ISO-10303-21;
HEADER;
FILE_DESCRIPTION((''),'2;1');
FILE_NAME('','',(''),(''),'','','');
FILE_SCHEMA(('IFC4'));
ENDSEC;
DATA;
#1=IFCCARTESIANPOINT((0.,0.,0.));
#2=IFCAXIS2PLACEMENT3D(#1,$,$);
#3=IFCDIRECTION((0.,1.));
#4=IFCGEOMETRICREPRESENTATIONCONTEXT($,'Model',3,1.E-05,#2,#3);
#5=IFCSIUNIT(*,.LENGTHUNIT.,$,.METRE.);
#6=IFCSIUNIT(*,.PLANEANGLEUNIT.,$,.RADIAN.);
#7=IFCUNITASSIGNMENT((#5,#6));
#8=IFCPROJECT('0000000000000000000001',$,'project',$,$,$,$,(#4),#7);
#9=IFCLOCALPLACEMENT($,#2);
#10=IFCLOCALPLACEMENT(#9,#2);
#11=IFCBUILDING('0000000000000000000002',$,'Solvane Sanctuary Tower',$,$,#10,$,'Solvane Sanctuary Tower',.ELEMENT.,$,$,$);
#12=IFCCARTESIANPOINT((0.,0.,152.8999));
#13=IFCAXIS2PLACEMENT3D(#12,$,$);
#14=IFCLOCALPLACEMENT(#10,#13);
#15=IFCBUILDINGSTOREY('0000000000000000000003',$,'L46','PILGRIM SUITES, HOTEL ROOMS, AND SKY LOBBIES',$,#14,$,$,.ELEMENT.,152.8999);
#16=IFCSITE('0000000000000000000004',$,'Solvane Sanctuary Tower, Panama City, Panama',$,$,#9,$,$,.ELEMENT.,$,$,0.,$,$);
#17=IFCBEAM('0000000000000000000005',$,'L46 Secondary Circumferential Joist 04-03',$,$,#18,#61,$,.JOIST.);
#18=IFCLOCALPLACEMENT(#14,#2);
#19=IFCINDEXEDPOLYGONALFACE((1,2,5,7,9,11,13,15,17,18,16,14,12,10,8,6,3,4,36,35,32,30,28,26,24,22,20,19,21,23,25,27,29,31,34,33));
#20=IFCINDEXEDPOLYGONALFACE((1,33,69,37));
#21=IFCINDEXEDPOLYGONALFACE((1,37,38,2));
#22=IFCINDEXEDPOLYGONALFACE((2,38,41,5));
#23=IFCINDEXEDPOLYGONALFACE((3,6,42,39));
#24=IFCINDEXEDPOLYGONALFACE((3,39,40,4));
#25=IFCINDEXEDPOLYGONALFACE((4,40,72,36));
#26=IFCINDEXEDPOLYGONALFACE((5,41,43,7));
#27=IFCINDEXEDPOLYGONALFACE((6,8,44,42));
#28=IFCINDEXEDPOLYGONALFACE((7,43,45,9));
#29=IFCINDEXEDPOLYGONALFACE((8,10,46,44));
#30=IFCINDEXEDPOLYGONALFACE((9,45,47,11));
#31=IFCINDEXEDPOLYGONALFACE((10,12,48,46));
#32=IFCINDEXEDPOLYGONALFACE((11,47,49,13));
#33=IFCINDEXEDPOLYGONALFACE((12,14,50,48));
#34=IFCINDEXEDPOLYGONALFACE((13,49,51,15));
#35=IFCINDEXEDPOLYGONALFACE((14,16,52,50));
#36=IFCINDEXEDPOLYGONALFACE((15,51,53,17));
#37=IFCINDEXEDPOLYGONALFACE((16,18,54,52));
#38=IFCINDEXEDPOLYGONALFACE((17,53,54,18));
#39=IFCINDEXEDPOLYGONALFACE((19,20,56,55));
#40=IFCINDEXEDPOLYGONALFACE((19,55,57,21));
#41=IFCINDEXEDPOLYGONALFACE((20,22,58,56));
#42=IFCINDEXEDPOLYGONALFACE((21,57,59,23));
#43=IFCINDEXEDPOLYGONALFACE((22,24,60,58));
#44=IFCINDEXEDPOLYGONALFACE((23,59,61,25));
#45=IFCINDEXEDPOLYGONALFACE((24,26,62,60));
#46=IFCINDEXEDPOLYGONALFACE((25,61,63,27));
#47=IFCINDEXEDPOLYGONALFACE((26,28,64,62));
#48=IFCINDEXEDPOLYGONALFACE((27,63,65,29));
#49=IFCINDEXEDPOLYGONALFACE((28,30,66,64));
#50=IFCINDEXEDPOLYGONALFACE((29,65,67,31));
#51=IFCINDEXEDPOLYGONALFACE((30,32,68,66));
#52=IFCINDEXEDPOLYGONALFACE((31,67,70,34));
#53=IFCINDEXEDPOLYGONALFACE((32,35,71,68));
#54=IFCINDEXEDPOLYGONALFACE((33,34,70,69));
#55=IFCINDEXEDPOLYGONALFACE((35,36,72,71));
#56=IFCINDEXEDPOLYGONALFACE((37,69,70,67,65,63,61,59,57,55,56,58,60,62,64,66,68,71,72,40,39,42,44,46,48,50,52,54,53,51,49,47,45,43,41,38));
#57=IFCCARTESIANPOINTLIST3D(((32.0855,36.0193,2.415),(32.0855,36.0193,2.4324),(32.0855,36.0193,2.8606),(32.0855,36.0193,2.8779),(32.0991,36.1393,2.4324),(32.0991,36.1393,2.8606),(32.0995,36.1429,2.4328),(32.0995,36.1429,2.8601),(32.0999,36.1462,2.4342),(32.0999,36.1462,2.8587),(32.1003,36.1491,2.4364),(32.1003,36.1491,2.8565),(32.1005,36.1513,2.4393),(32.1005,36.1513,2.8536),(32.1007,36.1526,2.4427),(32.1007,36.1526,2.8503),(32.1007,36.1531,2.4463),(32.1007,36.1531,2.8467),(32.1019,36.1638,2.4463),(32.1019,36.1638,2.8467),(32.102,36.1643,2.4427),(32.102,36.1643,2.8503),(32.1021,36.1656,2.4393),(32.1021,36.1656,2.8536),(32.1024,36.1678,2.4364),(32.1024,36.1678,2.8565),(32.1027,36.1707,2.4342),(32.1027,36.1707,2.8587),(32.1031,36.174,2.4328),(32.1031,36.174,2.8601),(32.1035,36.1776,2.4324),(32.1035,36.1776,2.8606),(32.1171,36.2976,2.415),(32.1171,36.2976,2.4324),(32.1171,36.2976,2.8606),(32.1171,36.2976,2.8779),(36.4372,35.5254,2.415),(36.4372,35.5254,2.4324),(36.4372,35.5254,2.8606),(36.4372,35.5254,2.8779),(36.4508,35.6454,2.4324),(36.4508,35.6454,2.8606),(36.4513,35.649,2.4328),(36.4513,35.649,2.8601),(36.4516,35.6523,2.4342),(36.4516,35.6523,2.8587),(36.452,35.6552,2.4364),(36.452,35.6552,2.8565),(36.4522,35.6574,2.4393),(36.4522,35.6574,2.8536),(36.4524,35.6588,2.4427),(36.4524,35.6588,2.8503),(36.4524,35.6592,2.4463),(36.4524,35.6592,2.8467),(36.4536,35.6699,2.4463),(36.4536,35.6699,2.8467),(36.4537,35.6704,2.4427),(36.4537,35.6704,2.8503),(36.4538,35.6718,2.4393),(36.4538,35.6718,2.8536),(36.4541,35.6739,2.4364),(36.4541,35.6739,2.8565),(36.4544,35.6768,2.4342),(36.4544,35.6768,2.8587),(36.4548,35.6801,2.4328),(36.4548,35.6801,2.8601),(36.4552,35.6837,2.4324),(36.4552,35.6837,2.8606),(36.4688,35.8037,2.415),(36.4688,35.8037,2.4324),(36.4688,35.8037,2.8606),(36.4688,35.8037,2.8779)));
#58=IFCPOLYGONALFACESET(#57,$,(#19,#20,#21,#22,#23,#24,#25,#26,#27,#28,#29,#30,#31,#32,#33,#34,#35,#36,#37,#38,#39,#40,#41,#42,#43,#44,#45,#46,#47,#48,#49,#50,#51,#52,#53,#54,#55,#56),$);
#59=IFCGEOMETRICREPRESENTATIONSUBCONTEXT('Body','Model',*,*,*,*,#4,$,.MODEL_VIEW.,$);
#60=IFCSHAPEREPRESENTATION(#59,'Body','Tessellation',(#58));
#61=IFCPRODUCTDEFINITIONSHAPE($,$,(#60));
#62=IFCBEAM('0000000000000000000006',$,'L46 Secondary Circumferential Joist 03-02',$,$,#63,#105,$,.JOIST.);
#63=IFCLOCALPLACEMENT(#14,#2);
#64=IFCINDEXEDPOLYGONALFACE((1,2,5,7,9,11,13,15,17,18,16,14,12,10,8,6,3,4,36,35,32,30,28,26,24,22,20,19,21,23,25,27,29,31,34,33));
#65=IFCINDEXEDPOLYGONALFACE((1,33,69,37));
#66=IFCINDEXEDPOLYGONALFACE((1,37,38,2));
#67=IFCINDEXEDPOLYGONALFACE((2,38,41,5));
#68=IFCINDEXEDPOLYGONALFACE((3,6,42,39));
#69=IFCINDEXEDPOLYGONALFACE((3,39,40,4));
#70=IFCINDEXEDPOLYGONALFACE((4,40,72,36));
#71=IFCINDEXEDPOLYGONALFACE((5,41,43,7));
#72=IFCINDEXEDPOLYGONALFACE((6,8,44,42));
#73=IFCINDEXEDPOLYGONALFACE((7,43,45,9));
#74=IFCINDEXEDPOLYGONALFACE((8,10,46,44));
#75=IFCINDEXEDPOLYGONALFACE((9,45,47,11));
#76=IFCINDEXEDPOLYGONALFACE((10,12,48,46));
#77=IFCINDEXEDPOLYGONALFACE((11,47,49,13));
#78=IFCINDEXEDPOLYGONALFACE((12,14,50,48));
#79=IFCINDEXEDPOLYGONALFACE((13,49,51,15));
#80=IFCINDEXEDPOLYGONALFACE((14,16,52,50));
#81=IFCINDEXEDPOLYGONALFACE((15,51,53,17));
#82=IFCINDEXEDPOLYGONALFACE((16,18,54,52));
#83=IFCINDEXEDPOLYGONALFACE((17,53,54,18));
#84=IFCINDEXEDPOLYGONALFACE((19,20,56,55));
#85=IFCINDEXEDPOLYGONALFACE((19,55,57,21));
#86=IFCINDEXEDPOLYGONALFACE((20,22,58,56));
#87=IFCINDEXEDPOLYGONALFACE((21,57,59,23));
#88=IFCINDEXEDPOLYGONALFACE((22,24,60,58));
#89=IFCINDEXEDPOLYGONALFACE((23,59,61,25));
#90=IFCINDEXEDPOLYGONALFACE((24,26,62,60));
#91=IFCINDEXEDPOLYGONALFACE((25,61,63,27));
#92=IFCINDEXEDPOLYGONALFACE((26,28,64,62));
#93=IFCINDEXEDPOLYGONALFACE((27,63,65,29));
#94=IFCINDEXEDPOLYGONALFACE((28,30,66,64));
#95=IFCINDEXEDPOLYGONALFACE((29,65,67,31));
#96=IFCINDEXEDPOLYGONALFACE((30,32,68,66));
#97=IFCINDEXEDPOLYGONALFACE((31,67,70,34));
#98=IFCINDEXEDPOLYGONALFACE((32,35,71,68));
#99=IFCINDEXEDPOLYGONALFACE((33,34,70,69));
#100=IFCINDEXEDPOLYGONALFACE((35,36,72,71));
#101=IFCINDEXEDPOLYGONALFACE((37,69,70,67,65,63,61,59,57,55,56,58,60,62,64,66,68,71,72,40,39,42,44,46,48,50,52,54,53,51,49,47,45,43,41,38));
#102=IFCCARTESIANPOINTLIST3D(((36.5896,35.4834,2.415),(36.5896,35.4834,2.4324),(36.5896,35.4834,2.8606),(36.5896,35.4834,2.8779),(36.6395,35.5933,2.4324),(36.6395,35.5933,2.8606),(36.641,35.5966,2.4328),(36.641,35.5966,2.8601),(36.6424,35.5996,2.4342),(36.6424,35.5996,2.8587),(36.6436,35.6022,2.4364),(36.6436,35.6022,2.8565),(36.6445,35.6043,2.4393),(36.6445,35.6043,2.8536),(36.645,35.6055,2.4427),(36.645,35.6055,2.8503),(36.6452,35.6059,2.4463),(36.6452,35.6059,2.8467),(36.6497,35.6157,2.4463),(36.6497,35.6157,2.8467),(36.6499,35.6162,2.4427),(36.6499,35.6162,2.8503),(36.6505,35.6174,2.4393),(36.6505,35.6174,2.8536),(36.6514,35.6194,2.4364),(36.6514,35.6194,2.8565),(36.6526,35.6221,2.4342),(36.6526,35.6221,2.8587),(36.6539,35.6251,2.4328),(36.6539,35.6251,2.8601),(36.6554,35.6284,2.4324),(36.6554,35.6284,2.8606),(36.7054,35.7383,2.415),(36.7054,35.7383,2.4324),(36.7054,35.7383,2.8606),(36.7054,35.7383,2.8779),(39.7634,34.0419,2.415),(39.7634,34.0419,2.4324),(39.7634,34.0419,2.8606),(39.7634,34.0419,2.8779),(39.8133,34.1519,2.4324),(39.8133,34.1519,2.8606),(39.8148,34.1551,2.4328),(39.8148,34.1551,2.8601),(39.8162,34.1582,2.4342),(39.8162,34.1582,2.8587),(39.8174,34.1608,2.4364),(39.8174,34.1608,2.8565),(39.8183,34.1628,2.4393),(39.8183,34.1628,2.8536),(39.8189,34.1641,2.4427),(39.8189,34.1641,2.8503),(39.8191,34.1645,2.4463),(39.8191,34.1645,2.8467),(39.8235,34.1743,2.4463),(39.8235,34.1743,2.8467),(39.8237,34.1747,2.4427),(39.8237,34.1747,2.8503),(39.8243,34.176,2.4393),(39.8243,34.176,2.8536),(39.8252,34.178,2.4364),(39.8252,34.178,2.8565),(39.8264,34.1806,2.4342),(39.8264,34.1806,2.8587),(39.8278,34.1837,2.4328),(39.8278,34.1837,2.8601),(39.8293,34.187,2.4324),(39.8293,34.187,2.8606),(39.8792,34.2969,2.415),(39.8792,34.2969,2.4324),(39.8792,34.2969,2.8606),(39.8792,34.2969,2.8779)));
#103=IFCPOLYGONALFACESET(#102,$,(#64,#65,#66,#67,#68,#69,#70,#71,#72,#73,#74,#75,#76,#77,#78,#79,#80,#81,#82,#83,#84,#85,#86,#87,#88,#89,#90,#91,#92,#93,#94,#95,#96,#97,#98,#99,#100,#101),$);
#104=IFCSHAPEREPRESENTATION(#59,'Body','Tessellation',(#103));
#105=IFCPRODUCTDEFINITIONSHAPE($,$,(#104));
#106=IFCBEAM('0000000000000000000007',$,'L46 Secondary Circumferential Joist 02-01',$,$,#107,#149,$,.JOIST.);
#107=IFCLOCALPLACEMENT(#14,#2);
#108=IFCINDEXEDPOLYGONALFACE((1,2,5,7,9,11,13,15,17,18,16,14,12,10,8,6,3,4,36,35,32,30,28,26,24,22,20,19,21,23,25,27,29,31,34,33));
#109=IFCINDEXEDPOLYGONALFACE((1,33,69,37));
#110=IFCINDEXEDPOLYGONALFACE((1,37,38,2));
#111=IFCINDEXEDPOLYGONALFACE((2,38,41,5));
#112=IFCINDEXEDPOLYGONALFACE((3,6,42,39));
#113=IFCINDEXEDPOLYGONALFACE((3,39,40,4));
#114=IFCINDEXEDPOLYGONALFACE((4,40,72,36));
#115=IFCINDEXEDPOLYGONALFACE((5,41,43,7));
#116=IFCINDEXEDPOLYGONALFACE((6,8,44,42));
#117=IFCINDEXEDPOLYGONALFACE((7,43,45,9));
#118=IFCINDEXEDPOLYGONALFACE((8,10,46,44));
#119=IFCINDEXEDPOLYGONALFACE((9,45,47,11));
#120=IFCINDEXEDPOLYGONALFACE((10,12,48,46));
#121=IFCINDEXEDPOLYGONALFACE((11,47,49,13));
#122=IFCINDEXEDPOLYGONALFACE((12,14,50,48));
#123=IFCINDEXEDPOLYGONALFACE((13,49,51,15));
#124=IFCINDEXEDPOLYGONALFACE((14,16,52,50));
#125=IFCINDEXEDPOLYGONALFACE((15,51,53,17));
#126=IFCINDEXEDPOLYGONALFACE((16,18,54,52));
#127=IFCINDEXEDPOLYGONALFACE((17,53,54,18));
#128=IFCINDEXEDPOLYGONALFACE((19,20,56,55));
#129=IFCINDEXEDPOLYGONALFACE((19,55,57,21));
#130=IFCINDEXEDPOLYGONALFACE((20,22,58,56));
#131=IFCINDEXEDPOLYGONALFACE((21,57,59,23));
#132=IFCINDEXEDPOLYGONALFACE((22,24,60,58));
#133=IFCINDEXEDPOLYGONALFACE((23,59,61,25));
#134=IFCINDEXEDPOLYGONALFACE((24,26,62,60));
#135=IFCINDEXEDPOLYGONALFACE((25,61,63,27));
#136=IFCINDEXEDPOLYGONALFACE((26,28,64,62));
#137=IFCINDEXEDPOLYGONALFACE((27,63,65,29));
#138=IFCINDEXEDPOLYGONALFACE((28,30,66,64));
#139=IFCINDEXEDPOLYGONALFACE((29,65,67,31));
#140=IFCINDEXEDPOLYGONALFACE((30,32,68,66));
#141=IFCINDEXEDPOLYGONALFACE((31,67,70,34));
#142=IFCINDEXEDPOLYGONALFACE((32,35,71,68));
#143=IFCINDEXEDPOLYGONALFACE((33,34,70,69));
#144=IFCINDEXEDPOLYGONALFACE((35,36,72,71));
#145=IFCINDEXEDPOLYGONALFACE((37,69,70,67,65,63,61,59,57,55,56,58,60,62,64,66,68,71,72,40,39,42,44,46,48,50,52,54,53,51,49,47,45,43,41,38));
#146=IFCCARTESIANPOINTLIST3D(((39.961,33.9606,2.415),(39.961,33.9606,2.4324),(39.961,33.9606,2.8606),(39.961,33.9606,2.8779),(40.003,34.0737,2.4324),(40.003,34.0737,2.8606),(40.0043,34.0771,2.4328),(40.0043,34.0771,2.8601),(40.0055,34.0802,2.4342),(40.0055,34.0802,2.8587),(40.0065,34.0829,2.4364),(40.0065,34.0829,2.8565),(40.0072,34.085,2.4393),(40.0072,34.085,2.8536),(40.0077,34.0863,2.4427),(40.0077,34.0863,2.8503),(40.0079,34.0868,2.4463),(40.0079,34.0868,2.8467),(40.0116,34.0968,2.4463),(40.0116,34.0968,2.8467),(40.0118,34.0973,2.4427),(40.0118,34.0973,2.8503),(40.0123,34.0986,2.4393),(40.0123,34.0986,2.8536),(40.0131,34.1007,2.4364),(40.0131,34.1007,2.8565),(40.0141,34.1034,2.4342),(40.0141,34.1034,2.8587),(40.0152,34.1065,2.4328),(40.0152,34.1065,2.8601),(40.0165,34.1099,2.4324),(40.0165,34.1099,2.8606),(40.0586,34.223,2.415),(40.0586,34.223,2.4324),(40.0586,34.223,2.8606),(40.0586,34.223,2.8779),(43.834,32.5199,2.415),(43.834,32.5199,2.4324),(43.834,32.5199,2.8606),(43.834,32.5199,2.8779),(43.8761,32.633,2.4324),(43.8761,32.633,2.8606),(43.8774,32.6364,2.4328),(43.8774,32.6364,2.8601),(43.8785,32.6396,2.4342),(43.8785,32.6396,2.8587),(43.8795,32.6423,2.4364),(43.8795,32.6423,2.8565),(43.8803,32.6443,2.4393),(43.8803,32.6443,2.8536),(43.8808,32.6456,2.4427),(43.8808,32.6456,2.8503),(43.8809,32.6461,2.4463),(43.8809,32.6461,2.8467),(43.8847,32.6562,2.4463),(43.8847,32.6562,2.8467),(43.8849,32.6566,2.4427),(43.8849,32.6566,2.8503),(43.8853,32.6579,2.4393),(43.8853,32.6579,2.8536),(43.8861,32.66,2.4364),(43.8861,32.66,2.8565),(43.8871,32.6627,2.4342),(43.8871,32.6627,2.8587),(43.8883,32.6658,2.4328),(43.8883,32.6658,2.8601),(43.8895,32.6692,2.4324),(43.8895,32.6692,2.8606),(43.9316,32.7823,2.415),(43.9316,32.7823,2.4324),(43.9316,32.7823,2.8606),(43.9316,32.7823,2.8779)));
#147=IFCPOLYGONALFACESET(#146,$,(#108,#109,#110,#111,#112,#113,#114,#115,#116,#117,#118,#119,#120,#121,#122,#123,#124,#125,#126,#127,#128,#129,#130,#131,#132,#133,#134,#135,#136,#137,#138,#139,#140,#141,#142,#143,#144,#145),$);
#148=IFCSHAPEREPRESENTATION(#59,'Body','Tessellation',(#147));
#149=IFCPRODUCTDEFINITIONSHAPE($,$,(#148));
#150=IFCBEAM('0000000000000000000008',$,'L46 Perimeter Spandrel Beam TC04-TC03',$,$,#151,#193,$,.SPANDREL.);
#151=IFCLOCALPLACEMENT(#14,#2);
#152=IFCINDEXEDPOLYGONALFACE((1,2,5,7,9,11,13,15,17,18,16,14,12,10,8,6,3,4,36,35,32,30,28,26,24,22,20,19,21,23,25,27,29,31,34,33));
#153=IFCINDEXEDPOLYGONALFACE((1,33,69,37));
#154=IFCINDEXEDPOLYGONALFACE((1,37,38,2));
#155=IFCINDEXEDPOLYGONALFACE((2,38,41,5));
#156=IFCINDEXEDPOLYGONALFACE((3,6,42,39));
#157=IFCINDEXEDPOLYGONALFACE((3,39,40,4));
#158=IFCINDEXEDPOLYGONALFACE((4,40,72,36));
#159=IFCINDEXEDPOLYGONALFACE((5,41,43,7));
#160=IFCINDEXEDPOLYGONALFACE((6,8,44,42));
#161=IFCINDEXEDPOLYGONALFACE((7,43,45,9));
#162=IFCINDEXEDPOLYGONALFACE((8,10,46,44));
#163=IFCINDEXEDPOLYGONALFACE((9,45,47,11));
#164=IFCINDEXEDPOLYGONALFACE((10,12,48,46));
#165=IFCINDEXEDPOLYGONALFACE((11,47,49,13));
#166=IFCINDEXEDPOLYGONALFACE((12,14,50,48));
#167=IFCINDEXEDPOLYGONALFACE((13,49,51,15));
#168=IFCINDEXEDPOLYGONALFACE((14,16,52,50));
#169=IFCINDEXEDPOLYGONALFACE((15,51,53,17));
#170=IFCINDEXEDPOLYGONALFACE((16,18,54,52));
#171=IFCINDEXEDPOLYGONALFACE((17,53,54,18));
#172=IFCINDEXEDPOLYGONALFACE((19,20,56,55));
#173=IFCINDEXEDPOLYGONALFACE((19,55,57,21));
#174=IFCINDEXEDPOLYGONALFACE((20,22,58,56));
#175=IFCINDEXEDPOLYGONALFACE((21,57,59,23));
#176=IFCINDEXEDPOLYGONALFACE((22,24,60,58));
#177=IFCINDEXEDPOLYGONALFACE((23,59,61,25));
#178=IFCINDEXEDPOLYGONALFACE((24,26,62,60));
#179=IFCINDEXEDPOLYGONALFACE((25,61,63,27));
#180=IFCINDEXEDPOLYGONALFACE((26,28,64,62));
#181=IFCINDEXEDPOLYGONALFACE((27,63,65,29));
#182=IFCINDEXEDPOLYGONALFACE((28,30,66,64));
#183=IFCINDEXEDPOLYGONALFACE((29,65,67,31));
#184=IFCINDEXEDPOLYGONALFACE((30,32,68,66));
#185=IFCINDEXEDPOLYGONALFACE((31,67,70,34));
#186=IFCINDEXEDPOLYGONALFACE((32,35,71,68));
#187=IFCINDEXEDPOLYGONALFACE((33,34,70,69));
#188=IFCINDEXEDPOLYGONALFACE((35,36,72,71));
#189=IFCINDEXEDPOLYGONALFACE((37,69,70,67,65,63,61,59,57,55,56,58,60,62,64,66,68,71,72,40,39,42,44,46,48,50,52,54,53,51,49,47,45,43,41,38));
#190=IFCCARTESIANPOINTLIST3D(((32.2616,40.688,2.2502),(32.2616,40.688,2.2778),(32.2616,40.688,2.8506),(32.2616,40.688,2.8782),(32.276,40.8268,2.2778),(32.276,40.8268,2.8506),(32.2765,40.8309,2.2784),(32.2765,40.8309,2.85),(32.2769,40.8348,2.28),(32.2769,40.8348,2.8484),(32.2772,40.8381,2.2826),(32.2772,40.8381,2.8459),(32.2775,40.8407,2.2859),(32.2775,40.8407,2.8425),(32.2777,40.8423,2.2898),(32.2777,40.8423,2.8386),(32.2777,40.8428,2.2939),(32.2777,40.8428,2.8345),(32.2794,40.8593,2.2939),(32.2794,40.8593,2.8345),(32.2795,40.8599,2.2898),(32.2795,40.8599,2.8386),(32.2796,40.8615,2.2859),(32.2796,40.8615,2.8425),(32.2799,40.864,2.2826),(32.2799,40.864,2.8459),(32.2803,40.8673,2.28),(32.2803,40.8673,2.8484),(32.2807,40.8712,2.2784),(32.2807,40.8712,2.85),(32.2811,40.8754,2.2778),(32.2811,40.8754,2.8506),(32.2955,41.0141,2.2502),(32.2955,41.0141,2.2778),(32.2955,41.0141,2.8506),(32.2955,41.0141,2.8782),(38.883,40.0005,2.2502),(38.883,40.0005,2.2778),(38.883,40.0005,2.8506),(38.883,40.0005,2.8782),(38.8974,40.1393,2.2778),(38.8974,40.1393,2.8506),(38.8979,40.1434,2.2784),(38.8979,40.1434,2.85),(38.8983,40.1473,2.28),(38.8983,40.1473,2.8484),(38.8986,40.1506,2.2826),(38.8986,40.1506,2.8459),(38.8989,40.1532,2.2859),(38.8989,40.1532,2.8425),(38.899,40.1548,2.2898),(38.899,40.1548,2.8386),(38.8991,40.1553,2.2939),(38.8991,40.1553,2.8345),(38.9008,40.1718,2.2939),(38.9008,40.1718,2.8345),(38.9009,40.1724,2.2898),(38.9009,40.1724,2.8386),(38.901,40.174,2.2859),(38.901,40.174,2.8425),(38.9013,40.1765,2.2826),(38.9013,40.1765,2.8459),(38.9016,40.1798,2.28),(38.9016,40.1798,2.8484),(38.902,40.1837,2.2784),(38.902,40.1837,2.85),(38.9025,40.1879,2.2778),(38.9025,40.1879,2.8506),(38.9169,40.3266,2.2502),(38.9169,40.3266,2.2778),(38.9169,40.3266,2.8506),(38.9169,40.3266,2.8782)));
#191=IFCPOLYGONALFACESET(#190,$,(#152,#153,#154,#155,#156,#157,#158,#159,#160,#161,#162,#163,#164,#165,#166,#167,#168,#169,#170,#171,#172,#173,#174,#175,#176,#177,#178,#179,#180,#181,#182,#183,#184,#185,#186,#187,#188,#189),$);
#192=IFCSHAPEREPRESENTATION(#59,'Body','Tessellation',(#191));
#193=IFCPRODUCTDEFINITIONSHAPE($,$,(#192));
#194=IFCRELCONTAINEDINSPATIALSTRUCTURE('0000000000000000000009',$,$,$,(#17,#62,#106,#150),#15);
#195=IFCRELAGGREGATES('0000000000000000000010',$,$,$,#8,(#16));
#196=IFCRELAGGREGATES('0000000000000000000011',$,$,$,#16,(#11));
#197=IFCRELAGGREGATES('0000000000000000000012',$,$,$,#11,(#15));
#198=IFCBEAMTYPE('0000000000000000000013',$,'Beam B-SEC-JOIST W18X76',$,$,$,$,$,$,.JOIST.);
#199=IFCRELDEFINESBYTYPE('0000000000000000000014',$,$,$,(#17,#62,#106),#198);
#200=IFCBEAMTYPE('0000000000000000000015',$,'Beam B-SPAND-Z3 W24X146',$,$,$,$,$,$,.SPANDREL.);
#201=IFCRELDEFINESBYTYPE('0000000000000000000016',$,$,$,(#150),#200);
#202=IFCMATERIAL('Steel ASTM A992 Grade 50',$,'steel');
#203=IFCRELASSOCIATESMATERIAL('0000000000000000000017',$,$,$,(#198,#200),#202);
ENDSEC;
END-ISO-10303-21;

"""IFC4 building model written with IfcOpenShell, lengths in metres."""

from ifc_helpers import new_model, si_unit, direction, frame, origin, origin_2d, place, context, subcontext, project, spatial, i_section, extrude, material, material_profile, profile_set, type_object, element, save


model = new_model("IFC4")

# Units and contexts
model_context = context("Model", 3, precision=1e-05, world=origin(), true_north=direction((0.0, 1.0)))
body_context = subcontext(model_context, "Body", "Model", "MODEL_VIEW")
ifc_project = project(units=[si_unit("LENGTHUNIT", "METRE"), si_unit("PLANEANGLEUNIT", "RADIAN")], contexts=[model_context])

# Site, building, storey
site_placement = place(None, origin())
site = spatial("IfcSite", under=ifc_project, at=site_placement, Name="Solvane Sanctuary Tower, Panama City, Panama", CompositionType="ELEMENT", RefElevation=0.0)
building_placement = place(site_placement, origin())
building = spatial("IfcBuilding", under=site, at=building_placement, Name="Solvane Sanctuary Tower", LongName="Solvane Sanctuary Tower", CompositionType="ELEMENT")
storey_placement = place(building_placement, frame((0.0, 0.0, 152.8999)))
storey = spatial("IfcBuildingStorey", under=building, at=storey_placement, Name="L46", Description="PILGRIM SUITES, HOTEL ROOMS, AND SKY LOBBIES", CompositionType="ELEMENT", Elevation=152.8999)

# Beams
ifc_material_1 = material(Name="Steel ASTM A992 Grade 50", Category="steel")
ifc_material_profile_1 = material_profile(ifc_material_1, i_section(OverallWidth=0.28, OverallDepth=0.4629, WebThickness=0.0107, FlangeThickness=0.0173, FilletRadius=0.0139, at=origin_2d()), Name="W18X76")
ifc_profile_set_1 = profile_set([ifc_material_profile_1], Name="Steel ASTM A992 Grade 50")
beam_type_1 = type_object("IfcBeamType", Name="Beam B-SEC-JOIST W18X76", PredefinedType="JOIST", material=ifc_profile_set_1)
beam_1_placement = place(storey_placement, frame((32.1013, 36.1584, 2.6465), z_axis=(0.993621, -0.112768, 0.0), x_axis=(0.112768, 0.993621, 0.0)))
element("IfcBeam", 1, at=beam_1_placement, inside=storey, type_object=beam_type_1, Name="L46 Secondary Circumferential Joist 04-03", PredefinedType="JOIST", context=body_context, shape_type="SweptSolid", body=[
    extrude(i_section(OverallWidth=0.28, OverallDepth=0.4629, WebThickness=0.0107, FlangeThickness=0.0173, FilletRadius=0.0139, at=origin_2d()), origin(), (0.0, 0.0, 1.0), 4.3796),
])
beam_2_placement = place(storey_placement, frame((36.6475, 35.6108, 2.6465), z_axis=(0.910501, -0.413507, 0.0), x_axis=(0.413507, 0.910501, 0.0)))
element("IfcBeam", 2, at=beam_2_placement, inside=storey, type_object=beam_type_1, Name="L46 Secondary Circumferential Joist 03-02", PredefinedType="JOIST", context=body_context, shape_type="SweptSolid", body=[
    extrude(i_section(OverallWidth=0.28, OverallDepth=0.4629, WebThickness=0.0107, FlangeThickness=0.0173, FilletRadius=0.0139, at=origin_2d()), origin(), (0.0, 0.0, 1.0), 3.4858),
])
beam_3_placement = place(storey_placement, frame((40.0098, 34.0918, 2.6465), z_axis=(0.937258, -0.348636, 0.0), x_axis=(0.348636, 0.937258, 0.0)))
element("IfcBeam", 3, at=beam_3_placement, inside=storey, type_object=beam_type_1, Name="L46 Secondary Circumferential Joist 02-01", PredefinedType="JOIST", context=body_context, shape_type="SweptSolid", body=[
    extrude(i_section(OverallWidth=0.28, OverallDepth=0.4629, WebThickness=0.0107, FlangeThickness=0.0173, FilletRadius=0.0139, at=origin_2d()), origin(), (0.0, 0.0, 1.0), 4.1323),
])
ifc_material_profile_2 = material_profile(ifc_material_1, i_section(OverallWidth=0.3279, OverallDepth=0.6279, WebThickness=0.0166, FlangeThickness=0.0276, FilletRadius=0.0161, at=origin_2d()), Name="W24X146")
ifc_profile_set_2 = profile_set([ifc_material_profile_2], Name="Steel ASTM A992 Grade 50")
beam_type_2 = type_object("IfcBeamType", Name="Beam B-SPAND-Z3 W24X146", PredefinedType="SPANDREL", material=ifc_profile_set_2)
beam_4_placement = place(storey_placement, frame((32.2786, 40.8511, 2.5642), z_axis=(0.994653, -0.103276, 0.0), x_axis=(0.103276, 0.994653, 0.0)))
element("IfcBeam", 4, at=beam_4_placement, inside=storey, type_object=beam_type_2, Name="L46 Perimeter Spandrel Beam TC04-TC03", PredefinedType="SPANDREL", context=body_context, shape_type="SweptSolid", body=[
    extrude(i_section(OverallWidth=0.3279, OverallDepth=0.6279, WebThickness=0.0166, FlangeThickness=0.0276, FilletRadius=0.0161, at=origin_2d()), origin(), (0.0, 0.0, 1.0), 6.657),
])

save(model, "model.ifc")
